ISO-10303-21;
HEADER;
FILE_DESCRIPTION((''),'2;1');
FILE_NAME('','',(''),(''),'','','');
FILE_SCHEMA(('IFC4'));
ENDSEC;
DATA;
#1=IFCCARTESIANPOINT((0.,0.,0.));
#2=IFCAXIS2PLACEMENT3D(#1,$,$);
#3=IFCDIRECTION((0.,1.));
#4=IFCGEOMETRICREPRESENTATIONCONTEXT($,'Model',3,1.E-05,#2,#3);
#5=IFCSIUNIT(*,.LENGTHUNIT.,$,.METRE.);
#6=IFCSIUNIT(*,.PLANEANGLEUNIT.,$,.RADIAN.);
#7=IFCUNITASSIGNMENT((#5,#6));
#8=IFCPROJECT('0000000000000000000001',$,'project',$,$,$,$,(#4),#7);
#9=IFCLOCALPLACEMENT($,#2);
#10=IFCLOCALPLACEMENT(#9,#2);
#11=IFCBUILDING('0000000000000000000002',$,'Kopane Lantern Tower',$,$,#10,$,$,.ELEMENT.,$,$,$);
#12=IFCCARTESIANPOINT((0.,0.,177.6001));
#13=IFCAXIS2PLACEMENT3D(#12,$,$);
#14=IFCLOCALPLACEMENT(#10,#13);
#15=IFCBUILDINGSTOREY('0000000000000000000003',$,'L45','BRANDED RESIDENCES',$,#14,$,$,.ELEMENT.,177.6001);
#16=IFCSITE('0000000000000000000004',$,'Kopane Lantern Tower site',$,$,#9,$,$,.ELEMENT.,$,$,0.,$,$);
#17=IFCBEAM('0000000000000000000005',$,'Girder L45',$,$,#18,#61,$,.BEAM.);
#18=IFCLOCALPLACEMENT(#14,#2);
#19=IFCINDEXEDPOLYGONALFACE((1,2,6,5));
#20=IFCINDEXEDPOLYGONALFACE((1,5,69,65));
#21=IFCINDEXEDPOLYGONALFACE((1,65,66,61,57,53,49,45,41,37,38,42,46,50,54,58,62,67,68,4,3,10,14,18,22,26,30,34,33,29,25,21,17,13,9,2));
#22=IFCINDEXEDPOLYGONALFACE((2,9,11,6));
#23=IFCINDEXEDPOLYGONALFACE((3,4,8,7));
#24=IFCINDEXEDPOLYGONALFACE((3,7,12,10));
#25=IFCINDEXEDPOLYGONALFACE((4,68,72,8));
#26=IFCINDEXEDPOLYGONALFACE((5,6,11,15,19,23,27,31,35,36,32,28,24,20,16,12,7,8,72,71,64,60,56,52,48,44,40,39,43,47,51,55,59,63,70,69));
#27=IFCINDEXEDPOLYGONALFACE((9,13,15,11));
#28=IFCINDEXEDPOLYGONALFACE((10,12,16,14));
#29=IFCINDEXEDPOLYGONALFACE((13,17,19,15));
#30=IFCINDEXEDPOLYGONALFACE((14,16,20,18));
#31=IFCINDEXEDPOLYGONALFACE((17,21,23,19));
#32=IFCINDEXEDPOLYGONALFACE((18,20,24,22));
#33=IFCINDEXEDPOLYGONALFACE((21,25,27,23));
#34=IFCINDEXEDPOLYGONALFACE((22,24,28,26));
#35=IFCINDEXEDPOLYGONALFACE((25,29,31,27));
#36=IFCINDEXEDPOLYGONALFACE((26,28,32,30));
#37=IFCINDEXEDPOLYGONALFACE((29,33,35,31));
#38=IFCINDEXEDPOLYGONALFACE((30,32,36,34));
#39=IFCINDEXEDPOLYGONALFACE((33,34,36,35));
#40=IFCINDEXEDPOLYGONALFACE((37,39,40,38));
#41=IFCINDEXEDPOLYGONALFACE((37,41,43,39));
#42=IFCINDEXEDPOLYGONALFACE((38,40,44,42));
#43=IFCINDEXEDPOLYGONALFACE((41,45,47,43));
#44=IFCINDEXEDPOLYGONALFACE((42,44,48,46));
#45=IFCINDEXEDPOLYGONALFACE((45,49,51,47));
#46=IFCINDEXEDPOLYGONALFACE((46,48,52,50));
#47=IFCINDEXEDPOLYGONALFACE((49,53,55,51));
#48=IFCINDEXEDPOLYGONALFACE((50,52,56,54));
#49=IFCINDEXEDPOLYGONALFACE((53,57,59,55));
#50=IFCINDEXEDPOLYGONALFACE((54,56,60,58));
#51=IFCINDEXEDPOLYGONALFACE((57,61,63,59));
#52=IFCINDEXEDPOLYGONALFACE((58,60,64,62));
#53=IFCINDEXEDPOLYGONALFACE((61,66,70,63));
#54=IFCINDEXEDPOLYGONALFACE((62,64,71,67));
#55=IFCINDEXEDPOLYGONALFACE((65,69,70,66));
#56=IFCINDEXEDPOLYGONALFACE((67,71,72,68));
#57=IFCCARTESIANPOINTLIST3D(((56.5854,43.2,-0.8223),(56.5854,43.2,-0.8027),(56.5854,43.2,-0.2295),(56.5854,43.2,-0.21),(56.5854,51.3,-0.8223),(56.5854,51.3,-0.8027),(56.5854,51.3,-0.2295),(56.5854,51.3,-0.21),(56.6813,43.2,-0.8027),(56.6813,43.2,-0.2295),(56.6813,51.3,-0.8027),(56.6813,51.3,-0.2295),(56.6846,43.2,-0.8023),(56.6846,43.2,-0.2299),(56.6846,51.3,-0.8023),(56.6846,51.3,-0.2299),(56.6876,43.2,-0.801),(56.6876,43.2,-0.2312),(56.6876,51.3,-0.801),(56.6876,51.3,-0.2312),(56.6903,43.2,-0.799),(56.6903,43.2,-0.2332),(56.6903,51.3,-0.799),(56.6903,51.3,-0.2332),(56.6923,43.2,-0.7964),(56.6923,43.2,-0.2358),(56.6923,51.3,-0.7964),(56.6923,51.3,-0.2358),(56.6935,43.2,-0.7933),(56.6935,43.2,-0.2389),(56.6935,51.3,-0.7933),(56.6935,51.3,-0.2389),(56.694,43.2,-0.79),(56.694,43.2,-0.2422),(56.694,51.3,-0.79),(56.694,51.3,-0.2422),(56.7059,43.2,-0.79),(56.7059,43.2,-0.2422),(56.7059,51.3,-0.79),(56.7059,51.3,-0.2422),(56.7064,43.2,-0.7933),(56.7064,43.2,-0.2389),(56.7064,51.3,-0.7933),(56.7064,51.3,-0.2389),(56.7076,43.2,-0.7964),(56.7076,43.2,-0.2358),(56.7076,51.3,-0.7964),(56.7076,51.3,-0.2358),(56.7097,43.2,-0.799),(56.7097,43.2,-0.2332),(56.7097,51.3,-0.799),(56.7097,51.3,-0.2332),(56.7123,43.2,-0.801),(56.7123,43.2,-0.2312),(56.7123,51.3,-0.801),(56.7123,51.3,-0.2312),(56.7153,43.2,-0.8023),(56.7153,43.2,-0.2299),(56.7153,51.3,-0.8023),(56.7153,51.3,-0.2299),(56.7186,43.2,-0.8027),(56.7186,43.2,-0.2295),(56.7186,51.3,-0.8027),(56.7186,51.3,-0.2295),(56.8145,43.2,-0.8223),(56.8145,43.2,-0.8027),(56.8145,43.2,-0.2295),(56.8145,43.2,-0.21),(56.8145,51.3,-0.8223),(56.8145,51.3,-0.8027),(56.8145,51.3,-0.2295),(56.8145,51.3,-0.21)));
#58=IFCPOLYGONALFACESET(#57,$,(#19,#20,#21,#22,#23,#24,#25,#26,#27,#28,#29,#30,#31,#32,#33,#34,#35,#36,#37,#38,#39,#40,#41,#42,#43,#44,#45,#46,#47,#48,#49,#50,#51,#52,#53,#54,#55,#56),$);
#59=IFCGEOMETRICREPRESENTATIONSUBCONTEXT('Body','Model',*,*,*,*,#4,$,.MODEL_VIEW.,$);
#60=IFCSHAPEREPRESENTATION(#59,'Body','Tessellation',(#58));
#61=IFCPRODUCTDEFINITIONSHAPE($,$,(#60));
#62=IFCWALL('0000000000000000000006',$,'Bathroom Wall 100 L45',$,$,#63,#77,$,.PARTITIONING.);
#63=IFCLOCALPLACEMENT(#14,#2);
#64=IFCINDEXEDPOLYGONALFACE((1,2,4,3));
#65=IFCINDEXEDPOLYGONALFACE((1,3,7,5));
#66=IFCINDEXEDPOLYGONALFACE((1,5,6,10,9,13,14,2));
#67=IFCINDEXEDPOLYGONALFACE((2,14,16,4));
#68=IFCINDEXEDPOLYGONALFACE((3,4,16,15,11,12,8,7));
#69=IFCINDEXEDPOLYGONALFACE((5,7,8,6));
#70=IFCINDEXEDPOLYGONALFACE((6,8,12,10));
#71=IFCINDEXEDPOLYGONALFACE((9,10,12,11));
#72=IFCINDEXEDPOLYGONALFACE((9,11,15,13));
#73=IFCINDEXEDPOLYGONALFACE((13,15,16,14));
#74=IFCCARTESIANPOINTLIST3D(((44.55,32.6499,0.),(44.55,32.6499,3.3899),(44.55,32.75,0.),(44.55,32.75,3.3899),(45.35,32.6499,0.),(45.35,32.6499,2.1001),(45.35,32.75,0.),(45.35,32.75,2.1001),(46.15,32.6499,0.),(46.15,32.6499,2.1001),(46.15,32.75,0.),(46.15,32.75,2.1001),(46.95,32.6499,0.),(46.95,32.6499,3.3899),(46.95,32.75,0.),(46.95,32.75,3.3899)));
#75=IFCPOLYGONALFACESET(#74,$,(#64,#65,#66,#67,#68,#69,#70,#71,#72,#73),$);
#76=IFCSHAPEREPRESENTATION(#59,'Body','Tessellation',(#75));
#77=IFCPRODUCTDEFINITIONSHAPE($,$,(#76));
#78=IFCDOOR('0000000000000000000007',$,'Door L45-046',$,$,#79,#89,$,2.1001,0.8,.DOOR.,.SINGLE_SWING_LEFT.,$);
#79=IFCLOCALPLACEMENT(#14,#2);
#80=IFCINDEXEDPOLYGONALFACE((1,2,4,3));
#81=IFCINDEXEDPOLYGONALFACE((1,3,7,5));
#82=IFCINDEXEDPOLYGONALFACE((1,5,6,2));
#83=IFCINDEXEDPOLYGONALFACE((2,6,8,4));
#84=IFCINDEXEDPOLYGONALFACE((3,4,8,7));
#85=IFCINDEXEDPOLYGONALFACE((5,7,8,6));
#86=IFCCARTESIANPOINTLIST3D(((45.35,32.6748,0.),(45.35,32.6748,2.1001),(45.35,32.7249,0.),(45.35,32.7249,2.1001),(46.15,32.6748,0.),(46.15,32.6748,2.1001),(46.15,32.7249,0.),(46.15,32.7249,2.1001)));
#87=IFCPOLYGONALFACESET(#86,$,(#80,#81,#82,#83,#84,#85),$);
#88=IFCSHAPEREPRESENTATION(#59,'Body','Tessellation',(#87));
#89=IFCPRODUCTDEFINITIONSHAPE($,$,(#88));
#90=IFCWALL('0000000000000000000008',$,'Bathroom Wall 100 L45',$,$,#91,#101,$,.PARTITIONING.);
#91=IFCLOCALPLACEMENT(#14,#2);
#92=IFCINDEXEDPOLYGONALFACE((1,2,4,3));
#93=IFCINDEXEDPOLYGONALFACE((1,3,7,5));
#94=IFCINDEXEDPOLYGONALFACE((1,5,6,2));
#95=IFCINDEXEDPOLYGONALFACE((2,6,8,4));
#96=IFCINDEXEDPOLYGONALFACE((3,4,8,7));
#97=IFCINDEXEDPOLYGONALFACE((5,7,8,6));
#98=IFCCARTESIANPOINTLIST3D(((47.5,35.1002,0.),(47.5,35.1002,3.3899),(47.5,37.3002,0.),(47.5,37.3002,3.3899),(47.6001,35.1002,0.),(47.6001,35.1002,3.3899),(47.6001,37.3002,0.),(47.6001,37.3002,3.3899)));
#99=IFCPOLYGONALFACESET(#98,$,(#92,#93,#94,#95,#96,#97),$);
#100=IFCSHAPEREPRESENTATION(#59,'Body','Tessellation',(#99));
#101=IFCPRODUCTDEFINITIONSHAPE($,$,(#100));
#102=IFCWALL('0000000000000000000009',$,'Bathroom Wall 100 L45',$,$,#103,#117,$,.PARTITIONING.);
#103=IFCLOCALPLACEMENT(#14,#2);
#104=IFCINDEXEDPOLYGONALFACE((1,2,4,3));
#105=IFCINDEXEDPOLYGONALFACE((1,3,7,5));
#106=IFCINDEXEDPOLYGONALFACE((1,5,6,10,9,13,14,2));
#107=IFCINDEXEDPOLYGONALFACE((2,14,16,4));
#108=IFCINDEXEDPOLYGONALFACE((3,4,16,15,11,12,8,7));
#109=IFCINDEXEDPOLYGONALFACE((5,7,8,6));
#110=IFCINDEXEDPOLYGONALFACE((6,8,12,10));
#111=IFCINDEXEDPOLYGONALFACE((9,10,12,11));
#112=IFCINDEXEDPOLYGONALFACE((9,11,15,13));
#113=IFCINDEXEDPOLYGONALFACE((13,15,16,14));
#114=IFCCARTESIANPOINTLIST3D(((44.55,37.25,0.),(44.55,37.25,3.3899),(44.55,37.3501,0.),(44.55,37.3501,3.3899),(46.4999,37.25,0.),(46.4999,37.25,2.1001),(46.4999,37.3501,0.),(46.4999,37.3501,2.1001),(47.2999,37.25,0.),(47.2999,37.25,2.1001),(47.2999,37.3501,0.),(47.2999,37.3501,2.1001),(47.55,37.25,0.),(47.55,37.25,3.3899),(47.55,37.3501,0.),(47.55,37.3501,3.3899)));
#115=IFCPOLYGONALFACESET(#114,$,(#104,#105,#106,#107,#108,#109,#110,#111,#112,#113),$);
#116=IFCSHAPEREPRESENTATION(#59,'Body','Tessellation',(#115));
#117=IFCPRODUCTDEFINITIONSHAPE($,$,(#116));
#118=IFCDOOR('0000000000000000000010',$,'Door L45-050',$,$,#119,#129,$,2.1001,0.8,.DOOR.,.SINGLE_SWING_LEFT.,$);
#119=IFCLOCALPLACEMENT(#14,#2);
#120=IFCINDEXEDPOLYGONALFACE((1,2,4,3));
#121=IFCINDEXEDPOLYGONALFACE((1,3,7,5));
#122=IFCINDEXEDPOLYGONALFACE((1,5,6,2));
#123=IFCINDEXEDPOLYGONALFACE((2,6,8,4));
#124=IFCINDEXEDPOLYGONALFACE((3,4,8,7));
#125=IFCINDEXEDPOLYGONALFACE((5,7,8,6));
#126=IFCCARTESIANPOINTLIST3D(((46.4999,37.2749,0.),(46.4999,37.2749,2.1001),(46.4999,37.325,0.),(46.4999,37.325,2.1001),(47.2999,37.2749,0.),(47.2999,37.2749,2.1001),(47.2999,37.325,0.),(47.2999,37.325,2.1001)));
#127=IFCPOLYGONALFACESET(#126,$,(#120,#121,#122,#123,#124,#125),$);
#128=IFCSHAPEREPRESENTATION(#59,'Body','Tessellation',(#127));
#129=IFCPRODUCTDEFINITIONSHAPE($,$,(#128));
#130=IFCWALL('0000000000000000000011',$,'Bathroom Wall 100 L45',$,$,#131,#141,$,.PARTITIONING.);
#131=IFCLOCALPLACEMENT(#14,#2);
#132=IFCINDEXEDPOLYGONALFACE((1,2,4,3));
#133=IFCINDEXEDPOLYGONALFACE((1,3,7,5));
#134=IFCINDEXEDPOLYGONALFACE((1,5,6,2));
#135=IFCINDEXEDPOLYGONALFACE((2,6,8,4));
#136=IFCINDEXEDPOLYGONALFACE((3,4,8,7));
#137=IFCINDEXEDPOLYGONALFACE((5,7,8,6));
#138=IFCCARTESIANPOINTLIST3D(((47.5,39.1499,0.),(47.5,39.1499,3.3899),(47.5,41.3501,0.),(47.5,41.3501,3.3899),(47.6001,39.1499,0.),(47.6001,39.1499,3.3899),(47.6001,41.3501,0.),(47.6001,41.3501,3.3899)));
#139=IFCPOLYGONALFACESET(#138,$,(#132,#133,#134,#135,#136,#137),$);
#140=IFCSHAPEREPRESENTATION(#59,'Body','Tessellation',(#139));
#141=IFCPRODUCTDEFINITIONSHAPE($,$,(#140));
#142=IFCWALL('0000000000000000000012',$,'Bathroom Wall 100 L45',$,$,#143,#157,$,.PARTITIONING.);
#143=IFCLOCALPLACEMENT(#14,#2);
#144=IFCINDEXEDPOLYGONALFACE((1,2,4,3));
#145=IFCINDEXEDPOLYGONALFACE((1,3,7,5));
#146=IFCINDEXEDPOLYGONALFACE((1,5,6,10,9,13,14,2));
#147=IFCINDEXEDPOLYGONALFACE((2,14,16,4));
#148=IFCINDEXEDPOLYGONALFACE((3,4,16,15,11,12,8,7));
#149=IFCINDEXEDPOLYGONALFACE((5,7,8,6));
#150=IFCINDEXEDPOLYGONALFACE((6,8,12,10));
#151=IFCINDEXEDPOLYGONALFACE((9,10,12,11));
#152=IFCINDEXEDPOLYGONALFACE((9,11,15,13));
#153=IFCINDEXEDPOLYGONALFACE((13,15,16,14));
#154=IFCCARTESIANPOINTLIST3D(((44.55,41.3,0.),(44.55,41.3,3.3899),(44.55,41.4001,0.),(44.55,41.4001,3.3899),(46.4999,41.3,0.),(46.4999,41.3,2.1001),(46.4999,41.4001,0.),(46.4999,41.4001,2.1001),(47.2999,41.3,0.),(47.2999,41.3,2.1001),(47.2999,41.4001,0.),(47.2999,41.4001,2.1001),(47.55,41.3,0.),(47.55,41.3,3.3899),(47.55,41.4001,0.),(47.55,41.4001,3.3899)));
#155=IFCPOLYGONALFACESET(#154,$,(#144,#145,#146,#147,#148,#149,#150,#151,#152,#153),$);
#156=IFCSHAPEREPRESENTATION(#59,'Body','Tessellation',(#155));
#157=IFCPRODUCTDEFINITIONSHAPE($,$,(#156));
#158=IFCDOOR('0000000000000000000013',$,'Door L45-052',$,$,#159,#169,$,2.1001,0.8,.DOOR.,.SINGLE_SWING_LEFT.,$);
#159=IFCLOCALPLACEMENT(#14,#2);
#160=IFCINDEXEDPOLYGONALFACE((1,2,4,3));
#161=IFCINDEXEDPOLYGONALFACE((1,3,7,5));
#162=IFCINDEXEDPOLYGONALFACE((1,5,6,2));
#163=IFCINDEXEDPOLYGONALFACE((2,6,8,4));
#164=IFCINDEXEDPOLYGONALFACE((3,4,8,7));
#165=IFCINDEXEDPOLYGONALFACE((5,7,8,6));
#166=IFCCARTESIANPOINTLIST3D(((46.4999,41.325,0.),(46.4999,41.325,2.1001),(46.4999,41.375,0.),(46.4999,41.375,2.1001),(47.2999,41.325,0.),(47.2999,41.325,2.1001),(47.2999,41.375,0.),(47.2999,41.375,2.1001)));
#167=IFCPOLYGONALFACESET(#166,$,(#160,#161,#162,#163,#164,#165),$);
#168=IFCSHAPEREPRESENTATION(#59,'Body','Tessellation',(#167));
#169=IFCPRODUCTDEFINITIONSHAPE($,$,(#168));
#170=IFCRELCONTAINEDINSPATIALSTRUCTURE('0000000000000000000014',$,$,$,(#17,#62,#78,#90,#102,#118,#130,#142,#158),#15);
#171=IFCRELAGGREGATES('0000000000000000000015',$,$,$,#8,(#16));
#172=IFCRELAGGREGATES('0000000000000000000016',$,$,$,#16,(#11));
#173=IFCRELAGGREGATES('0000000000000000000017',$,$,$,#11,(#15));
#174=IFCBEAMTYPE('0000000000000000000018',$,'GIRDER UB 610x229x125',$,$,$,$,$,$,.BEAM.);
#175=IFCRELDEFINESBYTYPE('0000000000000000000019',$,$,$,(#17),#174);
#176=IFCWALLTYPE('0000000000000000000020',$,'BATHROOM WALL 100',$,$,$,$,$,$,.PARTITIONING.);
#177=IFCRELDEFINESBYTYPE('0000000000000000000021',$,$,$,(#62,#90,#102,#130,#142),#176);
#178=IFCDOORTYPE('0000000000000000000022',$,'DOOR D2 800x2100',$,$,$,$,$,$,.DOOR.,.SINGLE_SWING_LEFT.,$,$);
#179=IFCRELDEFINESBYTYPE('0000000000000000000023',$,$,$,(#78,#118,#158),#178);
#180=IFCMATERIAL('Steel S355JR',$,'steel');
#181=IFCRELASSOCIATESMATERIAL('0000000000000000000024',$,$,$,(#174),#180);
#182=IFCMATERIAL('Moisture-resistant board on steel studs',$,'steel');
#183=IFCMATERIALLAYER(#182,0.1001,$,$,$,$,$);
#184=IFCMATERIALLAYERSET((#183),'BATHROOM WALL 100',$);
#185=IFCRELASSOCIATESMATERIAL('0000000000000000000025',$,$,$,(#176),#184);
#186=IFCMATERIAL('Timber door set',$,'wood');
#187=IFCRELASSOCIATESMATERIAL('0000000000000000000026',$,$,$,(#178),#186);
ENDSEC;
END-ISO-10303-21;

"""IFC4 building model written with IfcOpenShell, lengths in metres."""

from ifc_helpers import new_model, si_unit, direction, frame, frame_2d, origin, origin_2d, place, context, subcontext, project, spatial, rectangle, i_section, extrude, material, layer, layer_set, material_profile, profile_set, type_object, element, fill, save


model = new_model("IFC4")

# Units and contexts
model_context = context("Model", 3, precision=1e-05, world=origin(), true_north=direction((0.0, 1.0)))
body_context = subcontext(model_context, "Body", "Model", "MODEL_VIEW")
ifc_project = project(units=[si_unit("LENGTHUNIT", "METRE"), si_unit("PLANEANGLEUNIT", "RADIAN")], contexts=[model_context])

# Site, building, storey
site_placement = place(None, origin())
site = spatial("IfcSite", under=ifc_project, at=site_placement, Name="Kopane Lantern Tower site", CompositionType="ELEMENT", RefElevation=0.0)
building_placement = place(site_placement, origin())
building = spatial("IfcBuilding", under=site, at=building_placement, Name="Kopane Lantern Tower", CompositionType="ELEMENT")
storey_placement = place(building_placement, frame((0.0, 0.0, 177.6001)))
storey = spatial("IfcBuildingStorey", under=building, at=storey_placement, Name="L45", Description="BRANDED RESIDENCES", CompositionType="ELEMENT", Elevation=177.6001)

# Beam
ifc_material_1 = material(Name="Steel S355JR", Category="steel")
ifc_material_profile_1 = material_profile(ifc_material_1, i_section(OverallWidth=0.229, OverallDepth=0.6123, WebThickness=0.012, FlangeThickness=0.0195, FilletRadius=0.0127, at=origin_2d()), Name="UB 610x229x125")
ifc_profile_set_1 = profile_set([ifc_material_profile_1], Name="Steel S355JR")
beam_type = type_object("IfcBeamType", Name="GIRDER UB 610x229x125", PredefinedType="BEAM", material=ifc_profile_set_1)
beam_1_placement = place(storey_placement, frame((56.7, 43.2, -0.5161), z_axis=(0.0, 1.0, 0.0), x_axis=(-1.0, 0.0, 0.0)))
element("IfcBeam", 1, at=beam_1_placement, inside=storey, type_object=beam_type, Name="Girder L45", PredefinedType="BEAM", context=body_context, shape_type="SweptSolid", body=[
    extrude(i_section(OverallWidth=0.229, OverallDepth=0.6123, WebThickness=0.012, FlangeThickness=0.0195, FilletRadius=0.0127, at=origin_2d()), origin(), (0.0, 0.0, 1.0), 8.1001),
])

# Wall, opening, door
ifc_material_2 = material(Name="Moisture-resistant board on steel studs", Category="steel")
ifc_layer_1 = layer(ifc_material_2, 0.1001)
ifc_layer_set_1 = layer_set([ifc_layer_1], Name="BATHROOM WALL 100")
wall_type_1 = type_object("IfcWallType", Name="BATHROOM WALL 100", PredefinedType="PARTITIONING", material=ifc_layer_set_1)
wall_1_placement = place(storey_placement, frame((44.55, 32.7, 0.0), z_axis=(0.0, 0.0, 1.0), x_axis=(1.0, 0.0, 0.0)))
wall_1 = element("IfcWall", 2, at=wall_1_placement, inside=storey, type_object=wall_type_1, Name="Bathroom Wall 100 L45", PredefinedType="PARTITIONING", context=body_context, shape_type="SweptSolid", body=[
    extrude(rectangle(XDim=2.3999, YDim=0.1001, at=frame_2d((1.2, 0.0))), origin(), (0.0, 0.0, 1.0), 3.3899),
])
opening_1_placement = place(wall_1_placement, frame((0.8, 0.0, 0.0)))
opening_1 = element("IfcOpeningElement", 3, at=opening_1_placement, cuts=wall_1, PredefinedType="OPENING", context=body_context, shape_type="SweptSolid", body=[
    extrude(rectangle(XDim=0.8, YDim=2.1001, at=frame_2d((0.3999, 1.05))), frame((0.0, 0.0601, 0.0), z_axis=(0.0, -1.0, 0.0), x_axis=(1.0, 0.0, 0.0)), (0.0, 0.0, 1.0), 0.1201),
])
ifc_material_3 = material(Name="Timber door set", Category="wood")
door_type = type_object("IfcDoorType", Name="DOOR D2 800x2100", OperationType="SINGLE_SWING_LEFT", PredefinedType="DOOR", material=ifc_material_3)
door_1_placement = place(opening_1_placement, origin())
door_1 = element("IfcDoor", 4, at=door_1_placement, inside=storey, type_object=door_type, Name="Door L45-046", OperationType="SINGLE_SWING_LEFT", OverallHeight=2.1001, OverallWidth=0.8, PredefinedType="DOOR", context=body_context, shape_type="SweptSolid", body=[
    extrude(rectangle(XDim=0.8, YDim=2.1001, at=frame_2d((0.3999, 1.05))), frame((0.0, 0.0249, 0.0), z_axis=(0.0, -1.0, 0.0), x_axis=(1.0, 0.0, 0.0)), (0.0, 0.0, 1.0), 0.05),
])
fill(opening_1, door_1)

# Wall
wall_2_placement = place(storey_placement, frame((47.55, 35.1001, 0.0), z_axis=(0.0, 0.0, 1.0), x_axis=(0.0, 1.0, 0.0)))
element("IfcWall", 5, at=wall_2_placement, inside=storey, type_object=wall_type_1, Name="Bathroom Wall 100 L45", PredefinedType="PARTITIONING", context=body_context, shape_type="SweptSolid", body=[
    extrude(rectangle(XDim=2.2, YDim=0.1001, at=frame_2d((1.1001, 0.0))), origin(), (0.0, 0.0, 1.0), 3.3899),
])

# Wall, opening, door
wall_3_placement = place(storey_placement, frame((44.55, 37.3, 0.0), z_axis=(0.0, 0.0, 1.0), x_axis=(1.0, 0.0, 0.0)))
wall_3 = element("IfcWall", 6, at=wall_3_placement, inside=storey, type_object=wall_type_1, Name="Bathroom Wall 100 L45", PredefinedType="PARTITIONING", context=body_context, shape_type="SweptSolid", body=[
    extrude(rectangle(XDim=3.0, YDim=0.1001, at=frame_2d((1.5, 0.0))), origin(), (0.0, 0.0, 1.0), 3.3899),
])
opening_2_placement = place(wall_3_placement, frame((1.95, 0.0, 0.0)))
opening_2 = element("IfcOpeningElement", 7, at=opening_2_placement, cuts=wall_3, PredefinedType="OPENING", context=body_context, shape_type="SweptSolid", body=[
    extrude(rectangle(XDim=0.8, YDim=2.1001, at=frame_2d((0.3999, 1.05))), frame((0.0, 0.0601, 0.0), z_axis=(0.0, -1.0, 0.0), x_axis=(1.0, 0.0, 0.0)), (0.0, 0.0, 1.0), 0.1201),
])
door_2_placement = place(opening_2_placement, origin())
door_2 = element("IfcDoor", 8, at=door_2_placement, inside=storey, type_object=door_type, Name="Door L45-050", OperationType="SINGLE_SWING_LEFT", OverallHeight=2.1001, OverallWidth=0.8, PredefinedType="DOOR", context=body_context, shape_type="SweptSolid", body=[
    extrude(rectangle(XDim=0.8, YDim=2.1001, at=frame_2d((0.3999, 1.05))), frame((0.0, 0.0249, 0.0), z_axis=(0.0, -1.0, 0.0), x_axis=(1.0, 0.0, 0.0)), (0.0, 0.0, 1.0), 0.05),
])
fill(opening_2, door_2)

# Wall
wall_4_placement = place(storey_placement, frame((47.55, 39.1499, 0.0), z_axis=(0.0, 0.0, 1.0), x_axis=(0.0, 1.0, 0.0)))
element("IfcWall", 9, at=wall_4_placement, inside=storey, type_object=wall_type_1, Name="Bathroom Wall 100 L45", PredefinedType="PARTITIONING", context=body_context, shape_type="SweptSolid", body=[
    extrude(rectangle(XDim=2.2002, YDim=0.1001, at=frame_2d((1.1001, 0.0))), origin(), (0.0, 0.0, 1.0), 3.3899),
])

# Wall, opening, door
wall_5_placement = place(storey_placement, frame((44.55, 41.3501, 0.0), z_axis=(0.0, 0.0, 1.0), x_axis=(1.0, 0.0, 0.0)))
wall_5 = element("IfcWall", 10, at=wall_5_placement, inside=storey, type_object=wall_type_1, Name="Bathroom Wall 100 L45", PredefinedType="PARTITIONING", context=body_context, shape_type="SweptSolid", body=[
    extrude(rectangle(XDim=3.0, YDim=0.1001, at=frame_2d((1.5, 0.0))), origin(), (0.0, 0.0, 1.0), 3.3899),
])
opening_3_placement = place(wall_5_placement, frame((1.95, 0.0, 0.0)))
opening_3 = element("IfcOpeningElement", 11, at=opening_3_placement, cuts=wall_5, PredefinedType="OPENING", context=body_context, shape_type="SweptSolid", body=[
    extrude(rectangle(XDim=0.8, YDim=2.1001, at=frame_2d((0.3999, 1.05))), frame((0.0, 0.0601, 0.0), z_axis=(0.0, -1.0, 0.0), x_axis=(1.0, 0.0, 0.0)), (0.0, 0.0, 1.0), 0.1201),
])
door_3_placement = place(opening_3_placement, origin())
door_3 = element("IfcDoor", 12, at=door_3_placement, inside=storey, type_object=door_type, Name="Door L45-052", OperationType="SINGLE_SWING_LEFT", OverallHeight=2.1001, OverallWidth=0.8, PredefinedType="DOOR", context=body_context, shape_type="SweptSolid", body=[
    extrude(rectangle(XDim=0.8, YDim=2.1001, at=frame_2d((0.3999, 1.05))), frame((0.0, 0.0249, 0.0), z_axis=(0.0, -1.0, 0.0), x_axis=(1.0, 0.0, 0.0)), (0.0, 0.0, 1.0), 0.05),
])
fill(opening_3, door_3)

save(model, "model.ifc")
